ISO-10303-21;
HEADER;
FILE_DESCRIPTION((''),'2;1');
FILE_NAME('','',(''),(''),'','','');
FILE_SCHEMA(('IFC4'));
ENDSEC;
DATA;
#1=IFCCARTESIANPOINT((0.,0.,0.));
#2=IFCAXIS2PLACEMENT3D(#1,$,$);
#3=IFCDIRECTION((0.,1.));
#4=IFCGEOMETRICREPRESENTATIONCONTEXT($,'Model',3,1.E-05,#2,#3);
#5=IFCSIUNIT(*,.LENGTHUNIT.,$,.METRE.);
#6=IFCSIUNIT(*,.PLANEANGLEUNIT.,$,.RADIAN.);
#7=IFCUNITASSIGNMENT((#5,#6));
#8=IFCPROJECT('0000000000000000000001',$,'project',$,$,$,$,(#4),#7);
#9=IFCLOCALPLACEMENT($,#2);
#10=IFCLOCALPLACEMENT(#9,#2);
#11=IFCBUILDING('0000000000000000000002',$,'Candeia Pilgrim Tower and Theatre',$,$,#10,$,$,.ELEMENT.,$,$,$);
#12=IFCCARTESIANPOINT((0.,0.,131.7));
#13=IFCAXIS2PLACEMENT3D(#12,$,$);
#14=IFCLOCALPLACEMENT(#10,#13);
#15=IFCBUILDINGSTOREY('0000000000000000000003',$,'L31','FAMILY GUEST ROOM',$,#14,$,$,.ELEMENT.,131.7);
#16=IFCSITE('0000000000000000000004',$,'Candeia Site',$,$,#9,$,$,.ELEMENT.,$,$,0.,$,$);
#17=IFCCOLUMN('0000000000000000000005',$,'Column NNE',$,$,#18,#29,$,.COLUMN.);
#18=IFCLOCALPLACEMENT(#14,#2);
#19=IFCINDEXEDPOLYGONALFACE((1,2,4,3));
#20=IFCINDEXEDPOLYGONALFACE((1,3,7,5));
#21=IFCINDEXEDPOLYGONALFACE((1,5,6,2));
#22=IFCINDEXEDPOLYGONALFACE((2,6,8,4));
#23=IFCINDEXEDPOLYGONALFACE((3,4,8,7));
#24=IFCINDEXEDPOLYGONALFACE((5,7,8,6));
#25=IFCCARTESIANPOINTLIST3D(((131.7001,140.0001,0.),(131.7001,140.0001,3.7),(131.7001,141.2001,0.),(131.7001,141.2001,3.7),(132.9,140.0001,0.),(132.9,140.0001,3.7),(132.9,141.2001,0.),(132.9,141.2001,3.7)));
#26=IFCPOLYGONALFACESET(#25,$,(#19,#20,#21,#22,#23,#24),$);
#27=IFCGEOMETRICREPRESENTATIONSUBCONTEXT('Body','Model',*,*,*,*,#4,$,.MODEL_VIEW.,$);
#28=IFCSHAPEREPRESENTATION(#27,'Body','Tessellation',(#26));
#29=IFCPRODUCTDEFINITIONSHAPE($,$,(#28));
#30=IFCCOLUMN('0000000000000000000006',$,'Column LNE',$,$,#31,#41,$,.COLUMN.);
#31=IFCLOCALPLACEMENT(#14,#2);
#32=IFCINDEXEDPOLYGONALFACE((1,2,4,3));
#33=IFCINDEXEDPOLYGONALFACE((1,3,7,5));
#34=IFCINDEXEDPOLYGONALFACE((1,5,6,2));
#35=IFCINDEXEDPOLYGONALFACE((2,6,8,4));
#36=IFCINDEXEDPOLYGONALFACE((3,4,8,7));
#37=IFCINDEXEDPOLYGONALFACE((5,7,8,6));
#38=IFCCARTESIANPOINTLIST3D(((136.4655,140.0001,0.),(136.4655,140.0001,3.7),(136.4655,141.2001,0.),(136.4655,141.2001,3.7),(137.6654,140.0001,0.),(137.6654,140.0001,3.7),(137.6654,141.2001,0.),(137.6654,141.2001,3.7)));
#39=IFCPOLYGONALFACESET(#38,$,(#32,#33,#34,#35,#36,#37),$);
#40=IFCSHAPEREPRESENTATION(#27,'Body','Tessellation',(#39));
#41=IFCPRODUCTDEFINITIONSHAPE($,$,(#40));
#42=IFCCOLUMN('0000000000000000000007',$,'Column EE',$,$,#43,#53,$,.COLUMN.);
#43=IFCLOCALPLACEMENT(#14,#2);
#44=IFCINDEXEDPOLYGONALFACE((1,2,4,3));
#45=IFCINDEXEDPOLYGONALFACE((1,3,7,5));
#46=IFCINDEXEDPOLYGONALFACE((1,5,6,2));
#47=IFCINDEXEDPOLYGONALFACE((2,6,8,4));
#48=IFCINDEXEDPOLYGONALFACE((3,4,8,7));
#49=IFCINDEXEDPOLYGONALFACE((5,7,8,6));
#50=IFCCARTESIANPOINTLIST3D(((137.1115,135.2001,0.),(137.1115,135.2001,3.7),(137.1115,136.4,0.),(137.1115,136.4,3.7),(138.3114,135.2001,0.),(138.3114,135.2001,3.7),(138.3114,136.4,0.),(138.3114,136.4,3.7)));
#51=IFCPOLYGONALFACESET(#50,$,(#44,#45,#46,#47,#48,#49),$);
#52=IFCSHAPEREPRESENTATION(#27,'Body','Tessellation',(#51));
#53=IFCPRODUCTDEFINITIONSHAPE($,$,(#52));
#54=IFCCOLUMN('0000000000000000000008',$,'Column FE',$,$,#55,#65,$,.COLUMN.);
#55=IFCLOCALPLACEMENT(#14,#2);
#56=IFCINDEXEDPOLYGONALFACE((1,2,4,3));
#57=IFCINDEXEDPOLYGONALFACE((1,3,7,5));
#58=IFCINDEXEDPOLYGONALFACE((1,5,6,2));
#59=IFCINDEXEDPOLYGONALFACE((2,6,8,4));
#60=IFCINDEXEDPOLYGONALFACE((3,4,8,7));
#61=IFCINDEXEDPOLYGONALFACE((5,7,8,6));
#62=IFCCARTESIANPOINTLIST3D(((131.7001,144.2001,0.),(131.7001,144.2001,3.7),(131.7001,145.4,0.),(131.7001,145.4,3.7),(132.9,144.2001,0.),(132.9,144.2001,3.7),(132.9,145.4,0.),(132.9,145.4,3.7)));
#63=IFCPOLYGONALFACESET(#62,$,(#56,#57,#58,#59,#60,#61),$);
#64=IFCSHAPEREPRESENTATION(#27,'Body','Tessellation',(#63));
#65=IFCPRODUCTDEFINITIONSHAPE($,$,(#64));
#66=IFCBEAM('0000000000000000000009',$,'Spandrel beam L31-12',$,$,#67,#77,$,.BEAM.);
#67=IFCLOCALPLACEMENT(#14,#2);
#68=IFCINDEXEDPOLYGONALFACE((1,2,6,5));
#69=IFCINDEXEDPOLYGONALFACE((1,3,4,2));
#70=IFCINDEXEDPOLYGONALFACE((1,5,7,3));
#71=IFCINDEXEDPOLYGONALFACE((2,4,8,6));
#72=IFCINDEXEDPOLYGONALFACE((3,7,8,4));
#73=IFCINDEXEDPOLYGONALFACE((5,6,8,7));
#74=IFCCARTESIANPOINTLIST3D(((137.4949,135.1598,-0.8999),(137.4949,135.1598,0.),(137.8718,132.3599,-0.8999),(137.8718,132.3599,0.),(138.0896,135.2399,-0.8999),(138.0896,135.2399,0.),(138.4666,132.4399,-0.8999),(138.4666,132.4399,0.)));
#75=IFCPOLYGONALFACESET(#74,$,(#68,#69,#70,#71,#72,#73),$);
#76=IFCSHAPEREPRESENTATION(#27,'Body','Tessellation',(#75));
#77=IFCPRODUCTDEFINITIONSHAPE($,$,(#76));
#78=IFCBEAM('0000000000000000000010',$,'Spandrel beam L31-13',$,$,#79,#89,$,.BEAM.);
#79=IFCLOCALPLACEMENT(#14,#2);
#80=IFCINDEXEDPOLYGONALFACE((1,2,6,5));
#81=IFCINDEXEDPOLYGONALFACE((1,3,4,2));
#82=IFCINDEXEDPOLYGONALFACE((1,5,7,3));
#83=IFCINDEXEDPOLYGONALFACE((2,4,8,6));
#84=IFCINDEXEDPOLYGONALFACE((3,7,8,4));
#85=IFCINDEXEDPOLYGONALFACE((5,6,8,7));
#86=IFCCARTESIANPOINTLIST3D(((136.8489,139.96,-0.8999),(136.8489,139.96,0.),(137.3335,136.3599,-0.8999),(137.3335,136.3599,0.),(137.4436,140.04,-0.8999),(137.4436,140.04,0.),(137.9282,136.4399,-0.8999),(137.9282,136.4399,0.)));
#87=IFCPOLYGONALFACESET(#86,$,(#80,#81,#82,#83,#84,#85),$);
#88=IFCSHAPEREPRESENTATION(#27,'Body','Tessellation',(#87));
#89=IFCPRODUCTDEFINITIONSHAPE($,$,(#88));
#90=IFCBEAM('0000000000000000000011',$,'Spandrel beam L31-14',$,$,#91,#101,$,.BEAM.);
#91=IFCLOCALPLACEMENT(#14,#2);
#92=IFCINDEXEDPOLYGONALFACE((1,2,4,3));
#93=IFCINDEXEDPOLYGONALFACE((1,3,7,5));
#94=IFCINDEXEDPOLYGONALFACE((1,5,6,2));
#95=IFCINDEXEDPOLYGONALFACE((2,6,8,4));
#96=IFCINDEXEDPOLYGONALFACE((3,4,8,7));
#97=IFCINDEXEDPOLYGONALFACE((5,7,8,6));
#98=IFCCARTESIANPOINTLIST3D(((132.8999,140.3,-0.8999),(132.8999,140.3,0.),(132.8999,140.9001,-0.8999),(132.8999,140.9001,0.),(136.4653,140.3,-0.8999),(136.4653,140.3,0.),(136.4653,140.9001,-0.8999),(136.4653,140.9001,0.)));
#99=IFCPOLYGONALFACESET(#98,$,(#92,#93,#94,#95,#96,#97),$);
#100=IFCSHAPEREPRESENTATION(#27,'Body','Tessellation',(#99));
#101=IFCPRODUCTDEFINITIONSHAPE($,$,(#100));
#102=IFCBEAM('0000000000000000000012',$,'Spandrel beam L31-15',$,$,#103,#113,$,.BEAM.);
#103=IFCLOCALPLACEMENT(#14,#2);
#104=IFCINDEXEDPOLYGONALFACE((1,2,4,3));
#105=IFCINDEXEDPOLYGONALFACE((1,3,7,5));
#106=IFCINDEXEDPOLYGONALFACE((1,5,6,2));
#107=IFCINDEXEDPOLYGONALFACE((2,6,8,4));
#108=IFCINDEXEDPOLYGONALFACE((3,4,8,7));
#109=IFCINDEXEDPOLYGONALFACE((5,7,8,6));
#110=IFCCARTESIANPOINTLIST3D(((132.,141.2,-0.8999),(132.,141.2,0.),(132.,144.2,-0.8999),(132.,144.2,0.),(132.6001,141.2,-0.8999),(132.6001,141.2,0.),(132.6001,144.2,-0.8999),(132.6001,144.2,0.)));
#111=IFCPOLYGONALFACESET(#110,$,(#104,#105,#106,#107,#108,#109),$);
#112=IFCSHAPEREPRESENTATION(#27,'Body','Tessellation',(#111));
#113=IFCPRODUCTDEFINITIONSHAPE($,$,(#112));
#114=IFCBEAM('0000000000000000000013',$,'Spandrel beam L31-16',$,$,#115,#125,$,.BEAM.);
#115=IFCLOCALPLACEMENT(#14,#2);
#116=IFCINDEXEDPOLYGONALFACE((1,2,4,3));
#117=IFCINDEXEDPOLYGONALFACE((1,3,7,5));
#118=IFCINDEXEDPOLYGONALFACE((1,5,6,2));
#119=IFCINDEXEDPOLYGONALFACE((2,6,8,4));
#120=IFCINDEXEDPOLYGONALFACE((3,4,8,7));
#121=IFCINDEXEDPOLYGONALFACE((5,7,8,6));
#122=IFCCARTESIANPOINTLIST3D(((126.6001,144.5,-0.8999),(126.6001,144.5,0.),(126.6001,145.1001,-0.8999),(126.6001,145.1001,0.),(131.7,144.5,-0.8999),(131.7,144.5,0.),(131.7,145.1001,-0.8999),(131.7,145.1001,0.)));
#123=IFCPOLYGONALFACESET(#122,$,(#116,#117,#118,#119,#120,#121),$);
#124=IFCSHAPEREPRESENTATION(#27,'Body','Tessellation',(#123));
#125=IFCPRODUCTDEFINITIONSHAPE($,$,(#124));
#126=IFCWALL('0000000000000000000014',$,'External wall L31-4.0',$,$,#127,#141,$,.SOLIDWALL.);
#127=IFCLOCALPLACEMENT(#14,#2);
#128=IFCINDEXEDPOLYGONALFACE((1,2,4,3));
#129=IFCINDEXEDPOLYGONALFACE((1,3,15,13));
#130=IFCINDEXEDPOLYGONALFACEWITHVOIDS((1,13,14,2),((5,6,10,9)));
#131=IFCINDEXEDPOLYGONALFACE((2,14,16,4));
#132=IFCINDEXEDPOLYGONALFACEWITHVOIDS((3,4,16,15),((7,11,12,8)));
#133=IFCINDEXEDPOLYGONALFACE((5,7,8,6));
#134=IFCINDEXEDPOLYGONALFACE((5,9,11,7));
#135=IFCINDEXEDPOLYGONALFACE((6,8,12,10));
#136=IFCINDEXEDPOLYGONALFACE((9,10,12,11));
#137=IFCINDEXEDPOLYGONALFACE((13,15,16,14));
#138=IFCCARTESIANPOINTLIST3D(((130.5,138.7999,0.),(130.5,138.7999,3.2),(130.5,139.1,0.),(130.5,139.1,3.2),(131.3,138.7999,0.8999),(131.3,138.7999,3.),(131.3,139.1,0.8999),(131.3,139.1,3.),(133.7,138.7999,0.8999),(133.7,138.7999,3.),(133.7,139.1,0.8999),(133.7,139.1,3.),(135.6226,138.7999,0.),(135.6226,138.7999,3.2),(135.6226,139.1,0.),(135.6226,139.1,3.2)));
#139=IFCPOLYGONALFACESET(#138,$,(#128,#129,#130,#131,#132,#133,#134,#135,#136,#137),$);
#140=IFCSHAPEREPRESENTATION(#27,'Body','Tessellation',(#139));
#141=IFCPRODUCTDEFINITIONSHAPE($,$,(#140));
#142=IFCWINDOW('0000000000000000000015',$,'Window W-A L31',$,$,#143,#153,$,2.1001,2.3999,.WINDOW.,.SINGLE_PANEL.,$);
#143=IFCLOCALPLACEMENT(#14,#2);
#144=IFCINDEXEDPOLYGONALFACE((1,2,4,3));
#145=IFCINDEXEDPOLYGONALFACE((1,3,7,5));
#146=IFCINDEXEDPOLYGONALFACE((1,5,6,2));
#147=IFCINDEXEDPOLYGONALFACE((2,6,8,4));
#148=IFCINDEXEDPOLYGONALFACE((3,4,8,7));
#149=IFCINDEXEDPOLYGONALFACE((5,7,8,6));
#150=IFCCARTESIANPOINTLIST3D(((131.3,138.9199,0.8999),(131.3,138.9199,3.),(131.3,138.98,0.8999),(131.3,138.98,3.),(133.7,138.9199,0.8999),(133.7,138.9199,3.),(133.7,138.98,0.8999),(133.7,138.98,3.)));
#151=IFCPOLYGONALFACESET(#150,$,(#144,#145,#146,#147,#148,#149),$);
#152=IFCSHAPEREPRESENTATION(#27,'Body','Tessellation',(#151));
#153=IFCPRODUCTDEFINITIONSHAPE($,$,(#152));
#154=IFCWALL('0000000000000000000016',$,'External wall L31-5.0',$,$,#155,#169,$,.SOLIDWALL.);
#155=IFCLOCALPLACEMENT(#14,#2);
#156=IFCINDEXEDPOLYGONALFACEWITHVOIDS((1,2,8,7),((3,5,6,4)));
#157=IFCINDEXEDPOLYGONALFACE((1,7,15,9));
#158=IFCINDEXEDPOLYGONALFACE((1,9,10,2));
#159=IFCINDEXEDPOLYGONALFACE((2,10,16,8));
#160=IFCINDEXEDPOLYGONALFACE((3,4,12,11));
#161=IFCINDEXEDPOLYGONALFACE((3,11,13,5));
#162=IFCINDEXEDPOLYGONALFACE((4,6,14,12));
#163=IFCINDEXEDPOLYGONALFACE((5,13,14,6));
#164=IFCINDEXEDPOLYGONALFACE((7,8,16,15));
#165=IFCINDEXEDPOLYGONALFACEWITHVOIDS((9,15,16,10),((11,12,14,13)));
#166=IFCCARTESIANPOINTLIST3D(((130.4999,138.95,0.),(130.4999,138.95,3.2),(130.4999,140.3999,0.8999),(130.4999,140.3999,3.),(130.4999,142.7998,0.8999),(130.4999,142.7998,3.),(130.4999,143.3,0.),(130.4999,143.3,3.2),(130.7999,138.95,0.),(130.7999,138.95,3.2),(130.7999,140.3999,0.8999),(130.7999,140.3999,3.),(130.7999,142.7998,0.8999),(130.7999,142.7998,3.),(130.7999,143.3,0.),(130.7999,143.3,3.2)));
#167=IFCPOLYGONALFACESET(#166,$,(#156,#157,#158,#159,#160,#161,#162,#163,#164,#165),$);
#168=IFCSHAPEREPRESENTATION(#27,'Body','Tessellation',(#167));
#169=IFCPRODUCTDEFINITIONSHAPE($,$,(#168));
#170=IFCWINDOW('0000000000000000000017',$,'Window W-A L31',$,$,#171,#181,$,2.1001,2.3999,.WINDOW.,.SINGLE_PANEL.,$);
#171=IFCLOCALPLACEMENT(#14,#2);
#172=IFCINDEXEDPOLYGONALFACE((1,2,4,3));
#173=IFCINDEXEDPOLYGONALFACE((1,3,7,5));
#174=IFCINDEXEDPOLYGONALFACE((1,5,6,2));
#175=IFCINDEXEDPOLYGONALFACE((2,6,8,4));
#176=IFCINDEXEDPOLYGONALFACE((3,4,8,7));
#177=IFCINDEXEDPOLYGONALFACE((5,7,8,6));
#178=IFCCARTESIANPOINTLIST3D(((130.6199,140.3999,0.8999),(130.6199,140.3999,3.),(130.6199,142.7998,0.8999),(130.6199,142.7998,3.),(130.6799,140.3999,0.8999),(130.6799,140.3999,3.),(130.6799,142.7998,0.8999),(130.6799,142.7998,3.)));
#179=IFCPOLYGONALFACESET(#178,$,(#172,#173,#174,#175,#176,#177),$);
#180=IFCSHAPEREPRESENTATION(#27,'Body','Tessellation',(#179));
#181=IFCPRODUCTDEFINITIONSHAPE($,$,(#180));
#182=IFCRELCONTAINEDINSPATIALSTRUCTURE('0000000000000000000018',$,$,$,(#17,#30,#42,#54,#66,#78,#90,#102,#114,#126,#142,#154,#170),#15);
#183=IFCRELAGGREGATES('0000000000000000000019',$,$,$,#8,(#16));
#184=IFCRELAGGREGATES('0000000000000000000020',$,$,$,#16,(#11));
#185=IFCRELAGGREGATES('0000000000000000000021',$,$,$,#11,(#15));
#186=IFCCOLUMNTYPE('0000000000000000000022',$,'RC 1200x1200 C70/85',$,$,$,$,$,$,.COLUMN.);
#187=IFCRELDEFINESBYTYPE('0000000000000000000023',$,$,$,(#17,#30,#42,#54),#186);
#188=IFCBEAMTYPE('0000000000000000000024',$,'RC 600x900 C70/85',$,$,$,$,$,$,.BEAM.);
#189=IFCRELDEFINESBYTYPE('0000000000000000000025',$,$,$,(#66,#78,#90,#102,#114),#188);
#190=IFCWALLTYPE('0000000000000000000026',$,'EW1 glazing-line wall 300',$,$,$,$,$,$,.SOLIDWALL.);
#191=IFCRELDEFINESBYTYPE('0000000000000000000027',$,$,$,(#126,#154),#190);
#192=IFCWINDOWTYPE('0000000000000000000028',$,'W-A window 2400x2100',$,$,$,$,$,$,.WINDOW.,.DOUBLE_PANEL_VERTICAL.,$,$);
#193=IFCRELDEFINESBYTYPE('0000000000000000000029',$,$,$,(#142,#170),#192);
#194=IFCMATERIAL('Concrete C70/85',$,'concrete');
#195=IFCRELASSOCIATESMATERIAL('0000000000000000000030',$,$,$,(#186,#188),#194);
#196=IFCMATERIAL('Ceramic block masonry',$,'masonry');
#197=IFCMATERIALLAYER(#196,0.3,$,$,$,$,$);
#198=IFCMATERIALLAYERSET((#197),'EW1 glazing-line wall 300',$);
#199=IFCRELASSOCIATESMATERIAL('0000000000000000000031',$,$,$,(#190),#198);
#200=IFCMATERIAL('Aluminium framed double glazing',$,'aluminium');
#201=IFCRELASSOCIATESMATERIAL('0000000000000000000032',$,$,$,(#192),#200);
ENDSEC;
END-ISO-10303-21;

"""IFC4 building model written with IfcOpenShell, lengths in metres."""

from ifc_helpers import new_model, si_unit, direction, frame, frame_2d, origin, origin_2d, place, context, subcontext, project, spatial, rectangle, extrude, material, layer, layer_set, material_profile, profile_set, type_object, element, fill, save


model = new_model("IFC4")

# Units and contexts
model_context = context("Model", 3, precision=1e-05, world=origin(), true_north=direction((0.0, 1.0)))
body_context = subcontext(model_context, "Body", "Model", "MODEL_VIEW")
ifc_project = project(units=[si_unit("LENGTHUNIT", "METRE"), si_unit("PLANEANGLEUNIT", "RADIAN")], contexts=[model_context])

# Site, building, storey
site_placement = place(None, origin())
site = spatial("IfcSite", under=ifc_project, at=site_placement, Name="Candeia Site", CompositionType="ELEMENT", RefElevation=0.0)
building_placement = place(site_placement, origin())
building = spatial("IfcBuilding", under=site, at=building_placement, Name="Candeia Pilgrim Tower and Theatre", CompositionType="ELEMENT")
storey_placement = place(building_placement, frame((0.0, 0.0, 131.7)))
storey = spatial("IfcBuildingStorey", under=building, at=storey_placement, Name="L31", Description="FAMILY GUEST ROOM", CompositionType="ELEMENT", Elevation=131.7)

# Columns
ifc_material_1 = material(Name="Concrete C70/85", Category="concrete")
ifc_material_profile_1 = material_profile(ifc_material_1, rectangle(XDim=1.2, YDim=1.2, at=origin_2d()))
ifc_profile_set_1 = profile_set([ifc_material_profile_1], Name="Concrete C70/85")
column_type = type_object("IfcColumnType", Name="RC 1200x1200 C70/85", PredefinedType="COLUMN", material=ifc_profile_set_1)
for number, where, z_axis, x_axis, name in (
    (1, (132.3, 140.6001, 0.0), (0.0, 0.0, 1.0), (1.0, 0.0, 0.0), "Column NNE"),
    (2, (137.0654, 140.6001, 0.0), (0.0, 0.0, 1.0), (1.0, 0.0, 0.0), "Column LNE"),
    (3, (137.7114, 135.8, 0.0), (0.0, 0.0, 1.0), (1.0, 0.0, 0.0), "Column EE"),
    (4, (132.3, 144.8, 0.0), (0.0, 0.0, 1.0), (1.0, 0.0, 0.0), "Column FE"),
):
    element("IfcColumn", number, at=place(storey_placement, frame(where, z_axis=z_axis, x_axis=x_axis)), inside=storey, type_object=column_type, Name=name, PredefinedType="COLUMN", context=body_context, shape_type="SweptSolid", body=[
        extrude(rectangle(XDim=1.2, YDim=1.2, at=origin_2d()), origin(), (0.0, 0.0, 1.0), 3.7),
    ])

# Beams
ifc_material_profile_2 = material_profile(ifc_material_1, rectangle(XDim=0.6001, YDim=0.8999, at=origin_2d()))
ifc_profile_set_2 = profile_set([ifc_material_profile_2], Name="Concrete C70/85")
beam_type = type_object("IfcBeamType", Name="RC 600x900 C70/85", PredefinedType="BEAM", material=ifc_profile_set_2)
beam_1_placement = place(storey_placement, frame((138.1692, 132.3999, -0.45), z_axis=(-0.13342, 0.99106, 0.0), x_axis=(-0.99106, -0.13342, 0.0)))
element("IfcBeam", 5, at=beam_1_placement, inside=storey, type_object=beam_type, Name="Spandrel beam L31-12", PredefinedType="BEAM", context=body_context, shape_type="SweptSolid", body=[
    extrude(rectangle(XDim=0.6001, YDim=0.8999, at=origin_2d()), origin(), (0.0, 0.0, 1.0), 2.8252),
])
beam_2_placement = place(storey_placement, frame((137.6309, 136.3999, -0.45), z_axis=(-0.133409, 0.991061, 0.0), x_axis=(-0.991061, -0.133409, 0.0)))
element("IfcBeam", 6, at=beam_2_placement, inside=storey, type_object=beam_type, Name="Spandrel beam L31-13", PredefinedType="BEAM", context=body_context, shape_type="SweptSolid", body=[
    extrude(rectangle(XDim=0.6001, YDim=0.8999, at=origin_2d()), origin(), (0.0, 0.0, 1.0), 3.6326),
])
beam_3_placement = place(storey_placement, frame((136.4653, 140.6001, -0.45), z_axis=(-1.0, 0.0, 0.0), x_axis=(0.0, -1.0, 0.0)))
element("IfcBeam", 7, at=beam_3_placement, inside=storey, type_object=beam_type, Name="Spandrel beam L31-14", PredefinedType="BEAM", context=body_context, shape_type="SweptSolid", body=[
    extrude(rectangle(XDim=0.6001, YDim=0.8999, at=origin_2d()), origin(), (0.0, 0.0, 1.0), 3.5654),
])
beam_4_placement = place(storey_placement, frame((132.3, 141.2, -0.45), z_axis=(0.0, 1.0, 0.0), x_axis=(-1.0, 0.0, 0.0)))
element("IfcBeam", 8, at=beam_4_placement, inside=storey, type_object=beam_type, Name="Spandrel beam L31-15", PredefinedType="BEAM", context=body_context, shape_type="SweptSolid", body=[
    extrude(rectangle(XDim=0.6001, YDim=0.8999, at=origin_2d()), origin(), (0.0, 0.0, 1.0), 3.0),
])
beam_5_placement = place(storey_placement, frame((131.7, 144.8, -0.45), z_axis=(-1.0, 0.0, 0.0), x_axis=(0.0, -1.0, 0.0)))
element("IfcBeam", 9, at=beam_5_placement, inside=storey, type_object=beam_type, Name="Spandrel beam L31-16", PredefinedType="BEAM", context=body_context, shape_type="SweptSolid", body=[
    extrude(rectangle(XDim=0.6001, YDim=0.8999, at=origin_2d()), origin(), (0.0, 0.0, 1.0), 5.0999),
])

# Walls, openings, windows
ifc_material_2 = material(Name="Ceramic block masonry", Category="masonry")
ifc_layer_1 = layer(ifc_material_2, 0.3)
ifc_layer_set_1 = layer_set([ifc_layer_1], Name="EW1 glazing-line wall 300")
wall_type_1 = type_object("IfcWallType", Name="EW1 glazing-line wall 300", PredefinedType="SOLIDWALL", material=ifc_layer_set_1)
wall_1_placement = place(storey_placement, frame((135.6226, 138.95, 0.0), z_axis=(0.0, 0.0, 1.0), x_axis=(-1.0, 0.0, 0.0)))
wall_1 = element("IfcWall", 10, at=wall_1_placement, inside=storey, type_object=wall_type_1, Name="External wall L31-4.0", PredefinedType="SOLIDWALL", context=body_context, shape_type="SweptSolid", body=[
    extrude(rectangle(XDim=5.1226, YDim=0.3, at=frame_2d((2.5613, 0.0))), origin(), (0.0, 0.0, 1.0), 3.2),
])
opening_1_placement = place(wall_1_placement, frame((1.9226, 0.0, 0.8999)))
opening_1 = element("IfcOpeningElement", 11, at=opening_1_placement, cuts=wall_1, PredefinedType="OPENING", context=body_context, shape_type="SweptSolid", body=[
    extrude(rectangle(XDim=2.3999, YDim=2.1001, at=frame_2d((1.2, 1.05))), frame((0.0, 0.1602, 0.0), z_axis=(0.0, -1.0, 0.0), x_axis=(1.0, 0.0, 0.0)), (0.0, 0.0, 1.0), 0.3201),
])
ifc_material_3 = material(Name="Aluminium framed double glazing", Category="aluminium")
window_type = type_object("IfcWindowType", Name="W-A window 2400x2100", PartitioningType="DOUBLE_PANEL_VERTICAL", PredefinedType="WINDOW", material=ifc_material_3)
window_1_placement = place(opening_1_placement, origin())
window_1 = element("IfcWindow", 12, at=window_1_placement, inside=storey, type_object=window_type, Name="Window W-A L31", OverallHeight=2.1001, OverallWidth=2.3999, PartitioningType="SINGLE_PANEL", PredefinedType="WINDOW", context=body_context, shape_type="SweptSolid", body=[
    extrude(rectangle(XDim=2.3999, YDim=2.1001, at=frame_2d((1.2, 1.05))), frame((0.0, 0.03, 0.0), z_axis=(0.0, -1.0, 0.0), x_axis=(1.0, 0.0, 0.0)), (0.0, 0.0, 1.0), 0.0601),
])
fill(opening_1, window_1)
wall_2_placement = place(storey_placement, frame((130.6499, 138.95, 0.0), z_axis=(0.0, 0.0, 1.0), x_axis=(0.0, 1.0, 0.0)))
wall_2 = element("IfcWall", 13, at=wall_2_placement, inside=storey, type_object=wall_type_1, Name="External wall L31-5.0", PredefinedType="SOLIDWALL", context=body_context, shape_type="SweptSolid", body=[
    extrude(rectangle(XDim=4.3501, YDim=0.3, at=frame_2d((2.175, 0.0))), origin(), (0.0, 0.0, 1.0), 3.2),
])
opening_2_placement = place(wall_2_placement, frame((1.45, 0.0, 0.8999)))
opening_2 = element("IfcOpeningElement", 14, at=opening_2_placement, cuts=wall_2, PredefinedType="OPENING", context=body_context, shape_type="SweptSolid", body=[
    extrude(rectangle(XDim=2.3999, YDim=2.1001, at=frame_2d((1.2, 1.05))), frame((0.0, 0.1602, 0.0), z_axis=(0.0, -1.0, 0.0), x_axis=(1.0, 0.0, 0.0)), (0.0, 0.0, 1.0), 0.3201),
])
window_2_placement = place(opening_2_placement, origin())
window_2 = element("IfcWindow", 15, at=window_2_placement, inside=storey, type_object=window_type, Name="Window W-A L31", OverallHeight=2.1001, OverallWidth=2.3999, PartitioningType="SINGLE_PANEL", PredefinedType="WINDOW", context=body_context, shape_type="SweptSolid", body=[
    extrude(rectangle(XDim=2.3999, YDim=2.1001, at=frame_2d((1.2, 1.05))), frame((0.0, 0.03, 0.0), z_axis=(0.0, -1.0, 0.0), x_axis=(1.0, 0.0, 0.0)), (0.0, 0.0, 1.0), 0.0601),
])
fill(opening_2, window_2)

save(model, "model.ifc")
